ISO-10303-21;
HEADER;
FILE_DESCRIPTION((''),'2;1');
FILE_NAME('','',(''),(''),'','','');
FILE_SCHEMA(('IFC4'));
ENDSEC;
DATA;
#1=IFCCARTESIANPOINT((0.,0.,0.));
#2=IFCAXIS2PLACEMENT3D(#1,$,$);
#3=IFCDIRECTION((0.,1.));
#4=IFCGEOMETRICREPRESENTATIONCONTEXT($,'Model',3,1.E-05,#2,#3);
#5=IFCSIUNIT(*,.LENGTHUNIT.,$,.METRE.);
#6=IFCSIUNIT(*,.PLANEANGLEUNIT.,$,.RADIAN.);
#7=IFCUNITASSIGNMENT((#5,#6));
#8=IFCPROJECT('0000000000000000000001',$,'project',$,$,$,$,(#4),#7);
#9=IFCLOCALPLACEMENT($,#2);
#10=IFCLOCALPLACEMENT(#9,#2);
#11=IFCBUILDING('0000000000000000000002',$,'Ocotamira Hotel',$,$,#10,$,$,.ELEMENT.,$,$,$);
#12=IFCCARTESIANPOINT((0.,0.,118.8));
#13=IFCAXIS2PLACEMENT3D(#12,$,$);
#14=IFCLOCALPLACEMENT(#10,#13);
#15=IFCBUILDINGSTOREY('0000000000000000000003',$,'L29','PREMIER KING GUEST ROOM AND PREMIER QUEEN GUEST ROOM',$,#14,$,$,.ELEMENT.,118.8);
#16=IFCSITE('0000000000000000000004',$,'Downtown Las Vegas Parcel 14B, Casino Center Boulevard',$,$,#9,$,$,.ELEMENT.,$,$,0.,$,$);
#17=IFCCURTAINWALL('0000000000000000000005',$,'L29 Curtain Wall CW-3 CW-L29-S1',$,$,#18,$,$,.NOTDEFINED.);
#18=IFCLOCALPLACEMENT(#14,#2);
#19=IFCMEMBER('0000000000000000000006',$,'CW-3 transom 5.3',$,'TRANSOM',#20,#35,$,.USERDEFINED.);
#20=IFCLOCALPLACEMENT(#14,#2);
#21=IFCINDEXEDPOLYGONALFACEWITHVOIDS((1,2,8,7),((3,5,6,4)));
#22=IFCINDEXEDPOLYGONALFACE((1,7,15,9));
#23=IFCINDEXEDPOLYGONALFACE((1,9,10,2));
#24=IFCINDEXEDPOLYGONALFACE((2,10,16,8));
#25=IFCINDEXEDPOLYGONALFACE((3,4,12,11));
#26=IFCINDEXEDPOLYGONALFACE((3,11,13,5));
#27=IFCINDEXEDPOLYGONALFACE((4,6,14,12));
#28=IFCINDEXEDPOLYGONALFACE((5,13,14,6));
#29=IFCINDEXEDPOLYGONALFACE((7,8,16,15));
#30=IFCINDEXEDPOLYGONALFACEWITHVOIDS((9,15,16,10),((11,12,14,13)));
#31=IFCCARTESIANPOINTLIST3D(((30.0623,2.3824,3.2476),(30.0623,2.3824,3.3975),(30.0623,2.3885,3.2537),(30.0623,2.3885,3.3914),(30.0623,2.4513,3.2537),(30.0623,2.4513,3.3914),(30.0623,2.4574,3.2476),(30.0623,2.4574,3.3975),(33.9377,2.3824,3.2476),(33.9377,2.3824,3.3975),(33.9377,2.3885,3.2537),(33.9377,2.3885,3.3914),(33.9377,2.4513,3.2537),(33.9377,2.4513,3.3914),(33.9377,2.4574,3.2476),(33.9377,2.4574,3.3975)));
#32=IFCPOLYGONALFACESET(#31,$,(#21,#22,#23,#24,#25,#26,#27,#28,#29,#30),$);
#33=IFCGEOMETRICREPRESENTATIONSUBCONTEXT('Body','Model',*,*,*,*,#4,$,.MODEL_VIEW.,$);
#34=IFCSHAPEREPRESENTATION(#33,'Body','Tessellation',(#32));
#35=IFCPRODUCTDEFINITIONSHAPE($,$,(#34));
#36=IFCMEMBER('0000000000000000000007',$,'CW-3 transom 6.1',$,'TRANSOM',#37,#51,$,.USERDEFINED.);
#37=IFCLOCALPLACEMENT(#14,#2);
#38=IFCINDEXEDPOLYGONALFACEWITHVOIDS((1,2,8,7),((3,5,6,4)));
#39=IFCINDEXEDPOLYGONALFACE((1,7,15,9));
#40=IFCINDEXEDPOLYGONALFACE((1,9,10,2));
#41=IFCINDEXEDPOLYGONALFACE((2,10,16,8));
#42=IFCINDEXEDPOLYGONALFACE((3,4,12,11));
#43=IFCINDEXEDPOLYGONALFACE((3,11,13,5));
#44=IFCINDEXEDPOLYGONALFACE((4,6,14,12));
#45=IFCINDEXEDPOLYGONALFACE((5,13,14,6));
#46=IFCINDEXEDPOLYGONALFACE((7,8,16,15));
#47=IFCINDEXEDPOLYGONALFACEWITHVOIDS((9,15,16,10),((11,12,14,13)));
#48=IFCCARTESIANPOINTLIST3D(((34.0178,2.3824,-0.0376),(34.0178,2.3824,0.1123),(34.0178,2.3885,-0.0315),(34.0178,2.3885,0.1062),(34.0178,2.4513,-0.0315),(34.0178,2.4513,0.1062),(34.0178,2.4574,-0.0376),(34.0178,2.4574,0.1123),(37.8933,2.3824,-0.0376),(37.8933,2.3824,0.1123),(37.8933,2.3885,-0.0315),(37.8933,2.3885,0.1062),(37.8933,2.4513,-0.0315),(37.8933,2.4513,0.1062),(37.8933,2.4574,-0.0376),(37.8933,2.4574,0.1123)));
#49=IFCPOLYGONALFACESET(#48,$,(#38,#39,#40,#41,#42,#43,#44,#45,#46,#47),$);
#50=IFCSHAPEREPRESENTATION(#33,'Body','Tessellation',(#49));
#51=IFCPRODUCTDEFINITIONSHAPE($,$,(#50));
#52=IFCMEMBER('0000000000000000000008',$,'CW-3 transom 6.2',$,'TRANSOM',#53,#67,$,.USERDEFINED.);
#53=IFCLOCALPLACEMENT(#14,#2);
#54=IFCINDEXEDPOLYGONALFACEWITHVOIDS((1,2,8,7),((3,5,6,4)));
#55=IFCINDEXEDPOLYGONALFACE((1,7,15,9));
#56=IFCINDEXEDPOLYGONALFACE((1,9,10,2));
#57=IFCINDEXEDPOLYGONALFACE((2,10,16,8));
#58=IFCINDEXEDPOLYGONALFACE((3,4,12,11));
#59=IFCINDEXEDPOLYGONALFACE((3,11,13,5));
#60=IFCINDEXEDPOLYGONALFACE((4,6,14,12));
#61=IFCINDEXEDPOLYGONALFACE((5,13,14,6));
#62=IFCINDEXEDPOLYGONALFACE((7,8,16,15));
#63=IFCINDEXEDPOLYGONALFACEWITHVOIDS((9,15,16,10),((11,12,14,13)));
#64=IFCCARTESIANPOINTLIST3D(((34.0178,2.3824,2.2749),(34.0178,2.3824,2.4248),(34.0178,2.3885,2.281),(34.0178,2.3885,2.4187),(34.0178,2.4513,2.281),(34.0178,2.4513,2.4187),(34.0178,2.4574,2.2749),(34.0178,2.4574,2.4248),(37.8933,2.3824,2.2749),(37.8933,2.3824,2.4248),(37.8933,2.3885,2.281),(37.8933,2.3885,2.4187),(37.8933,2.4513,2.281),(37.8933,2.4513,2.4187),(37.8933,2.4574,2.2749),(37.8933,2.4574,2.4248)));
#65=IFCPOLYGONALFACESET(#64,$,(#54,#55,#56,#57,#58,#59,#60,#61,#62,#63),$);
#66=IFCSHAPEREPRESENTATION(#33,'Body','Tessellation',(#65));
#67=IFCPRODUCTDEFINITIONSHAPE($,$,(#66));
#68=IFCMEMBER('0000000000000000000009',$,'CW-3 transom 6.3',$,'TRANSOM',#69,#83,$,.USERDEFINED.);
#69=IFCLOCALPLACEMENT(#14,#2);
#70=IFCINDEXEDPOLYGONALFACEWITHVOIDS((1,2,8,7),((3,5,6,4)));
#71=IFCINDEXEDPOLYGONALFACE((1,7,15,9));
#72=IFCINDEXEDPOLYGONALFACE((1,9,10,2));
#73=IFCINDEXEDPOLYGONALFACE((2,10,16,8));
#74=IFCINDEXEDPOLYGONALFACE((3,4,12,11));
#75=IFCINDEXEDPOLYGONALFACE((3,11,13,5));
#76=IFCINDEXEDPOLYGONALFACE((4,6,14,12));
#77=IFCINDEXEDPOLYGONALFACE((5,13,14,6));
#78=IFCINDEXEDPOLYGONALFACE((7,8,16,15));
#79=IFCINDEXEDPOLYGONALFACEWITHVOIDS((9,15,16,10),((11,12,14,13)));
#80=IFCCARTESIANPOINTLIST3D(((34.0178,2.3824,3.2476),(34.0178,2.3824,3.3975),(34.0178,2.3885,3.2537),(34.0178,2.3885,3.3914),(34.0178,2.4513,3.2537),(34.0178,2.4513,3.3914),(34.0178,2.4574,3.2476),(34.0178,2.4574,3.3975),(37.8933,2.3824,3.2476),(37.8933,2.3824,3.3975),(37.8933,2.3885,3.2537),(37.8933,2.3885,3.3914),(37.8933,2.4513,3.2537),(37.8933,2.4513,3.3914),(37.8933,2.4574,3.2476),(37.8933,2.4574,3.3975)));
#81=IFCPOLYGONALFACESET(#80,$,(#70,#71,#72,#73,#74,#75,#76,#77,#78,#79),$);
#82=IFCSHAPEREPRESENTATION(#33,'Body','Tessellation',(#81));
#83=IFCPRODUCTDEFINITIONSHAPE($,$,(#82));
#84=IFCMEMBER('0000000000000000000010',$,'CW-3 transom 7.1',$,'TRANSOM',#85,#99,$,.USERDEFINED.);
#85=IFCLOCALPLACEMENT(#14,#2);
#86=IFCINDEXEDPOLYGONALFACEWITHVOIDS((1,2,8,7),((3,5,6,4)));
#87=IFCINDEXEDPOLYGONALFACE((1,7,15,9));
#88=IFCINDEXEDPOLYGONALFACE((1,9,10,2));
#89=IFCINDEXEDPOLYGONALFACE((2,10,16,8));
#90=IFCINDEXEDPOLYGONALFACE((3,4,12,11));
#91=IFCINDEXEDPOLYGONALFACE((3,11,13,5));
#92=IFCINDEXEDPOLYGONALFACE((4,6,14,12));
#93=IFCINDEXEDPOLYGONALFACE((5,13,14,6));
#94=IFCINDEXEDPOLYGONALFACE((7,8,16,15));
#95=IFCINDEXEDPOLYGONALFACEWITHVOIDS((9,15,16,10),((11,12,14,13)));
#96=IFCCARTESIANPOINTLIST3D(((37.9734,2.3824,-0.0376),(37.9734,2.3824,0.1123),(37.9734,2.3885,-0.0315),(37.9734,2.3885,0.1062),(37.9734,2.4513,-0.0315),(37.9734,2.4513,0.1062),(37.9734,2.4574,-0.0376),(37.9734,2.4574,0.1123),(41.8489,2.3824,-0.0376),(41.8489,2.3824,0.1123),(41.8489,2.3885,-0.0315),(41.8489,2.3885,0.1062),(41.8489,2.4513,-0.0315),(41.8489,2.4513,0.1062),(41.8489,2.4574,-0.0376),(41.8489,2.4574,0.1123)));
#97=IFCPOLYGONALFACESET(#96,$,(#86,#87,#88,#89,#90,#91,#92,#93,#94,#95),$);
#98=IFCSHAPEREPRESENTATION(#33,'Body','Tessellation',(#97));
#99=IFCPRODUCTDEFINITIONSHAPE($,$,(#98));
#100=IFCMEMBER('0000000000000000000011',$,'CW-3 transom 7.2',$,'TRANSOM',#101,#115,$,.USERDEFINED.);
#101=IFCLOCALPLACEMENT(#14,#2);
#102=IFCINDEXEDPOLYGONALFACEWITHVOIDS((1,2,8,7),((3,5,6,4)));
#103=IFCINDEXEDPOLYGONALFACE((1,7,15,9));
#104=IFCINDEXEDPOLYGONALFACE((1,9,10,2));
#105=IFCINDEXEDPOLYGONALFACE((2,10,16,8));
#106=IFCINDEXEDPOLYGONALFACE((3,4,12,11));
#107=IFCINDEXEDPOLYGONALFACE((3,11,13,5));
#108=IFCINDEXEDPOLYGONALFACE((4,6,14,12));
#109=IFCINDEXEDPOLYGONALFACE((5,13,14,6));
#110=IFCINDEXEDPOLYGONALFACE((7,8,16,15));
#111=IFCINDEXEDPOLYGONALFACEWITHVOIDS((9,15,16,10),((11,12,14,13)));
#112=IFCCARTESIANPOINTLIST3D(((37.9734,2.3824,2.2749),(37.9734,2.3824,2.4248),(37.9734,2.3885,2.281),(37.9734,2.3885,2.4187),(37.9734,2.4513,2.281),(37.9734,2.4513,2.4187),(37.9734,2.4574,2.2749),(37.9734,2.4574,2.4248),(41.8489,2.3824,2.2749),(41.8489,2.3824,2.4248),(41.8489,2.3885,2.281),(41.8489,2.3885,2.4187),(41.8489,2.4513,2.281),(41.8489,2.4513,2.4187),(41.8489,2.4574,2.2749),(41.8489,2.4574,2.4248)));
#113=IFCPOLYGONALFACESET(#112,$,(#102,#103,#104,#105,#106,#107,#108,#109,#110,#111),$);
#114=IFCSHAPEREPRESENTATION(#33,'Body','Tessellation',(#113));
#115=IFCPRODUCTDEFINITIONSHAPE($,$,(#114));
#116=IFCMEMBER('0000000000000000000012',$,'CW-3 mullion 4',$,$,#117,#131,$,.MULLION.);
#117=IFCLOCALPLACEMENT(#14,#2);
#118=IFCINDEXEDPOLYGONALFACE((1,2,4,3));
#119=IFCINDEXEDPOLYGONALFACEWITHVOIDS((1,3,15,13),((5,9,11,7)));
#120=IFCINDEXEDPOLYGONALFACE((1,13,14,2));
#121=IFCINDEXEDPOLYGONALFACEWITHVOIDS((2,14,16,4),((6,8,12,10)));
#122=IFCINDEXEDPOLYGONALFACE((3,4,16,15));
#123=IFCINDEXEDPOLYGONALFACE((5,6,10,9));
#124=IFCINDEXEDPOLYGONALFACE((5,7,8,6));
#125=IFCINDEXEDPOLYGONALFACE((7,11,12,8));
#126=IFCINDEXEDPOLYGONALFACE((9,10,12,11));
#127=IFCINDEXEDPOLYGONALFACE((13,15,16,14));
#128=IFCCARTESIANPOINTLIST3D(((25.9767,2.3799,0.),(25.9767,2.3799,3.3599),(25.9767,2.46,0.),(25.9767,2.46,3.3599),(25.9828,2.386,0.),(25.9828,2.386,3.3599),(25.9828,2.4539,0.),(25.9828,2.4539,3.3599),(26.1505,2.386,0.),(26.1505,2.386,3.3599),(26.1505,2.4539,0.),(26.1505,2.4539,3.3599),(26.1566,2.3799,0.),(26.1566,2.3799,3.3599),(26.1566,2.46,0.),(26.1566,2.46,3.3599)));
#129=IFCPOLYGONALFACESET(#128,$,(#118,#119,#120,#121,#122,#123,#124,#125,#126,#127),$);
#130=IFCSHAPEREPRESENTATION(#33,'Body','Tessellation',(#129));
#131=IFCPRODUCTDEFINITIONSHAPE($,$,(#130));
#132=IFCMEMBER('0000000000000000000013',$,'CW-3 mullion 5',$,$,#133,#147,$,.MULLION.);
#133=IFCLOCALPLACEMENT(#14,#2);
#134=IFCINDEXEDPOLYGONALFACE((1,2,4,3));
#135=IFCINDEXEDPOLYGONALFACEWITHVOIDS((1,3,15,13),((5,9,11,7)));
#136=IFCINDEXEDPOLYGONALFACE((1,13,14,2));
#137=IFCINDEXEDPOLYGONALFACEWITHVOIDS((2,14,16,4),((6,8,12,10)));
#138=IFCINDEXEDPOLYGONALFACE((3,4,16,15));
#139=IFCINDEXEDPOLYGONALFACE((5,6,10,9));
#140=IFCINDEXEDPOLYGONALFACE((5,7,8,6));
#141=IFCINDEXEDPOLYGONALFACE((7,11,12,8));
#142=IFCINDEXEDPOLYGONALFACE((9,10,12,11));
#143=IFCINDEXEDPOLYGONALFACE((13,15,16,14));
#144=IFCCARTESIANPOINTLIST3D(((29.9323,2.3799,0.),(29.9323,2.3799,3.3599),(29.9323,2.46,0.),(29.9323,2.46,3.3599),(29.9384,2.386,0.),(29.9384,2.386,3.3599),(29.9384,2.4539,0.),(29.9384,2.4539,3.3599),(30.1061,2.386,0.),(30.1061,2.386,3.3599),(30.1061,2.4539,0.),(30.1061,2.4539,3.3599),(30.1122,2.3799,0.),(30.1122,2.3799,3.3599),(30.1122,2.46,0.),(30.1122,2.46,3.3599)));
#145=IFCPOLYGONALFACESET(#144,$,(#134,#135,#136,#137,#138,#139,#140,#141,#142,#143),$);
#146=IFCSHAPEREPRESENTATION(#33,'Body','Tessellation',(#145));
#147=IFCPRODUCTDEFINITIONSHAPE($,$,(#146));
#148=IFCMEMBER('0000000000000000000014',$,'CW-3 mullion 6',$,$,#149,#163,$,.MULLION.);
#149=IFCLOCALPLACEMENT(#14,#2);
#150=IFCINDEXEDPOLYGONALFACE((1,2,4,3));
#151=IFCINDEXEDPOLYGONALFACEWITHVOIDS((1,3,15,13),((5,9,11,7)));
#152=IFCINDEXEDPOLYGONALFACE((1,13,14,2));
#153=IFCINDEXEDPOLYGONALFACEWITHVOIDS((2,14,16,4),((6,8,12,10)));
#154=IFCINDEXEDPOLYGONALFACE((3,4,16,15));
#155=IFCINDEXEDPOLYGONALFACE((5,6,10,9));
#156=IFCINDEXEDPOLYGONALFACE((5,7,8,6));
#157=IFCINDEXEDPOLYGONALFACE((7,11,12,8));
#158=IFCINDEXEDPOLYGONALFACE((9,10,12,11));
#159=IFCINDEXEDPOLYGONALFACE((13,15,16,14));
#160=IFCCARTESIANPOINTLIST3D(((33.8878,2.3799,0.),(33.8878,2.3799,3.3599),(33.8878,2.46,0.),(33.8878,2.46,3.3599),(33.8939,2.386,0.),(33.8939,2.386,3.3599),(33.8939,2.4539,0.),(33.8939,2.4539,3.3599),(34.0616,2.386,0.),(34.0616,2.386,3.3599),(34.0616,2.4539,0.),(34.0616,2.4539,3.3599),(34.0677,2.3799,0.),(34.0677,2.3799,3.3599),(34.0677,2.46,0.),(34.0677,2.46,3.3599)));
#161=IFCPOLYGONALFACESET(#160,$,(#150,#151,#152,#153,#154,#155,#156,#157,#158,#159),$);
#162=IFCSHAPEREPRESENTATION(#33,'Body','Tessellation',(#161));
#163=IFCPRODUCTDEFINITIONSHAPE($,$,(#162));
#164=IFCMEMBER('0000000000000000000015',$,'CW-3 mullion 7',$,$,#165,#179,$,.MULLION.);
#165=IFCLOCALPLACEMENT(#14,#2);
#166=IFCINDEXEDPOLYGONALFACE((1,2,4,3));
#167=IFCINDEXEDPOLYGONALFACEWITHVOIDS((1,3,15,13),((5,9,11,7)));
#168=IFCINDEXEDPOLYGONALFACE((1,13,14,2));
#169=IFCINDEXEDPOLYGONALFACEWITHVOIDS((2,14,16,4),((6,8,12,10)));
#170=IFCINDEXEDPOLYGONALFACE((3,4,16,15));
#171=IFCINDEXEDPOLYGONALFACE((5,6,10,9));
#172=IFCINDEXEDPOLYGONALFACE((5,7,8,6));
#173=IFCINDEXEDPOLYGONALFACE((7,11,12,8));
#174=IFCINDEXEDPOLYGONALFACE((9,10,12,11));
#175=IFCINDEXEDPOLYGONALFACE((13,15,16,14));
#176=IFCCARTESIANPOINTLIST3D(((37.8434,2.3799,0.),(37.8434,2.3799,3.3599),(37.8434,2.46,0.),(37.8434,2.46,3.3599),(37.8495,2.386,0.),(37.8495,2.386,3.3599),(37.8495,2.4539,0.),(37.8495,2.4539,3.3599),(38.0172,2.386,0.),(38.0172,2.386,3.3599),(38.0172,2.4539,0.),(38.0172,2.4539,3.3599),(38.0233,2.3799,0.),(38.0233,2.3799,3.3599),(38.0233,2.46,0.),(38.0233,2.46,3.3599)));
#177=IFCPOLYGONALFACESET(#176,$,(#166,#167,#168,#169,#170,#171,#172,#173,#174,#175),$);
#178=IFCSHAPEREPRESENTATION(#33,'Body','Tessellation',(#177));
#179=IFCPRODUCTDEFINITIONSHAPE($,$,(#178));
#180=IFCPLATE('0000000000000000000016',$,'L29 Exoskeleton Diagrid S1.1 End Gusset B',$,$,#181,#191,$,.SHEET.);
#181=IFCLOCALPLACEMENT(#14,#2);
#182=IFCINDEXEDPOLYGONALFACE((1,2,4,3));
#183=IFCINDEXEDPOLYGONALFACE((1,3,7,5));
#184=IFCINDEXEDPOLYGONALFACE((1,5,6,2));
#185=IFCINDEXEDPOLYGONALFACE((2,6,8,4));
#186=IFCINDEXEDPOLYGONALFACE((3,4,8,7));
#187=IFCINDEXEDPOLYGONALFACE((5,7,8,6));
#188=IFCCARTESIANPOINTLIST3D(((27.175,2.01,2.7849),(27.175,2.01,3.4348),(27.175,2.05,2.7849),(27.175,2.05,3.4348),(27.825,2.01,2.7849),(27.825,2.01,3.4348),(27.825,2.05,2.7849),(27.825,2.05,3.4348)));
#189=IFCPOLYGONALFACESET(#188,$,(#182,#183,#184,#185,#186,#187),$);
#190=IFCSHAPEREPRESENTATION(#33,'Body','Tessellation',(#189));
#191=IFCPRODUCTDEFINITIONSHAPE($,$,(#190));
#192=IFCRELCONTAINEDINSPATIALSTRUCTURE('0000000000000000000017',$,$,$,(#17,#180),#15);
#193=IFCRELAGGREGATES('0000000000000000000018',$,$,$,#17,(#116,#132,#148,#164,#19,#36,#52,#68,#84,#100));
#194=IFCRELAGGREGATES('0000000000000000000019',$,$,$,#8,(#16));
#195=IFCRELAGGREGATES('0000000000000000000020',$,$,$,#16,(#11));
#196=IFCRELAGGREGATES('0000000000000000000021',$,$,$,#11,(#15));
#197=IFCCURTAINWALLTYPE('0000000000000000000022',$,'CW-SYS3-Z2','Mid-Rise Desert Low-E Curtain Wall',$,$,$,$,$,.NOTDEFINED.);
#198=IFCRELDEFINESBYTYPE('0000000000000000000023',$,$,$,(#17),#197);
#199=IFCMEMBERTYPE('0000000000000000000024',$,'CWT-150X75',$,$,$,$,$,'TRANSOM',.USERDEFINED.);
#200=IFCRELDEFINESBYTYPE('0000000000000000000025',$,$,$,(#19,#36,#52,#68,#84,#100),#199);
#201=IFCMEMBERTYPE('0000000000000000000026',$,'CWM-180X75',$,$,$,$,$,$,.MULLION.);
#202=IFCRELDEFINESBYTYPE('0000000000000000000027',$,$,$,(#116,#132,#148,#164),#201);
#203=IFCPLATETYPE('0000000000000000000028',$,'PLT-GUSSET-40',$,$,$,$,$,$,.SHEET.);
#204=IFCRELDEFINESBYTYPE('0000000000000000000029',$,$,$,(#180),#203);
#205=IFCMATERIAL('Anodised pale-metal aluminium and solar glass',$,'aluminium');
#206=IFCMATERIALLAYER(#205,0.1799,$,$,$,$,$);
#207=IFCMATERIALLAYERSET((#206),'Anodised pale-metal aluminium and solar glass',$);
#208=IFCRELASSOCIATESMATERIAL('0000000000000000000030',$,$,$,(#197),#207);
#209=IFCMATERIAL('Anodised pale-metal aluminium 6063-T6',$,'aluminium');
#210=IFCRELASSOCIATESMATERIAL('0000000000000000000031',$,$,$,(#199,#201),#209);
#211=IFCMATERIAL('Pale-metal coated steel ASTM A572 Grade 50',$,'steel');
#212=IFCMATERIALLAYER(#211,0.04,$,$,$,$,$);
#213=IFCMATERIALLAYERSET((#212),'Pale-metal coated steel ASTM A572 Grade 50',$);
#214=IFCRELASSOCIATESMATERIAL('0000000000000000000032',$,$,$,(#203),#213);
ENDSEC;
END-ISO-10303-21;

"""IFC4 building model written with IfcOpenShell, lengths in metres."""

from ifc_helpers import new_model, si_unit, direction, frame, origin, origin_2d, place, context, subcontext, project, spatial, rectangle, hollow_rectangle, extrude, source, transform, mapped, material, layer, layer_set, material_profile, profile_set, type_object, element, aggregate, save


model = new_model("IFC4")

# Units and contexts
model_context = context("Model", 3, precision=1e-05, world=origin(), true_north=direction((0.0, 1.0)))
body_context = subcontext(model_context, "Body", "Model", "MODEL_VIEW")
ifc_project = project(units=[si_unit("LENGTHUNIT", "METRE"), si_unit("PLANEANGLEUNIT", "RADIAN")], contexts=[model_context])

# Site, building, storey
site_placement = place(None, origin())
site = spatial("IfcSite", under=ifc_project, at=site_placement, Name="Downtown Las Vegas Parcel 14B, Casino Center Boulevard", CompositionType="ELEMENT", RefElevation=0.0)
building_placement = place(site_placement, origin())
building = spatial("IfcBuilding", under=site, at=building_placement, Name="Ocotamira Hotel", CompositionType="ELEMENT")
storey_placement = place(building_placement, frame((0.0, 0.0, 118.8)))
storey = spatial("IfcBuildingStorey", under=building, at=storey_placement, Name="L29", Description="PREMIER KING GUEST ROOM AND PREMIER QUEEN GUEST ROOM", CompositionType="ELEMENT", Elevation=118.8)

# Curtain wall, members
ifc_material_1 = material(Name="Anodised pale-metal aluminium and solar glass", Category="aluminium")
ifc_layer_1 = layer(ifc_material_1, 0.1799)
ifc_layer_set_1 = layer_set([ifc_layer_1], Name="Anodised pale-metal aluminium and solar glass")
curtain_wall_type = type_object("IfcCurtainWallType", Name="CW-SYS3-Z2", Description="Mid-Rise Desert Low-E Curtain Wall", PredefinedType="NOTDEFINED", material=ifc_layer_set_1)
curtain_wall_placement = place(storey_placement, origin())
curtain_wall = element("IfcCurtainWall", 1, at=curtain_wall_placement, inside=storey, type_object=curtain_wall_type, Name="L29 Curtain Wall CW-3 CW-L29-S1", PredefinedType="NOTDEFINED")
ifc_material_2 = material(Name="Anodised pale-metal aluminium 6063-T6", Category="aluminium")
ifc_material_profile_1 = material_profile(ifc_material_2, hollow_rectangle(XDim=0.075, YDim=0.1499, WallThickness=0.0061, at=origin_2d()), Name="HSS150X75X6")
ifc_profile_set_1 = profile_set([ifc_material_profile_1], Name="Anodised pale-metal aluminium 6063-T6")
member_type_1 = type_object("IfcMemberType", Name="CWT-150X75", ElementType="TRANSOM", PredefinedType="USERDEFINED", material=ifc_profile_set_1)
shared_shape_1 = source(origin(), body_context, "Body", "SweptSolid", [
    extrude(hollow_rectangle(XDim=0.075, YDim=0.1499, WallThickness=0.0061, at=origin_2d()), origin(), (0.0, 0.0, 1.0), 3.8755),
])
member_1_placement = place(storey_placement, frame((30.0623, 2.4199, 3.3225), z_axis=(1.0, 0.0, 0.0), x_axis=(0.0, 1.0, 0.0)))
member_1 = element("IfcMember", 2, at=member_1_placement, type_object=member_type_1, Name="CW-3 transom 5.3", ObjectType="TRANSOM", PredefinedType="USERDEFINED", context=body_context, shape_type="MappedRepresentation", body=[
    mapped(shared_shape_1, transform((0.0, 0.0, 0.0), scale=1.0)),
])
member_2_placement = place(storey_placement, frame((34.0178, 2.4199, 0.0374), z_axis=(1.0, 0.0, 0.0), x_axis=(0.0, 1.0, 0.0)))
member_2 = element("IfcMember", 3, at=member_2_placement, type_object=member_type_1, Name="CW-3 transom 6.1", ObjectType="TRANSOM", PredefinedType="USERDEFINED", context=body_context, shape_type="MappedRepresentation", body=[
    mapped(shared_shape_1, transform((0.0, 0.0, 0.0), scale=1.0)),
])
member_3_placement = place(storey_placement, frame((34.0178, 2.4199, 2.3499), z_axis=(1.0, 0.0, 0.0), x_axis=(0.0, 1.0, 0.0)))
member_3 = element("IfcMember", 4, at=member_3_placement, type_object=member_type_1, Name="CW-3 transom 6.2", ObjectType="TRANSOM", PredefinedType="USERDEFINED", context=body_context, shape_type="MappedRepresentation", body=[
    mapped(shared_shape_1, transform((0.0, 0.0, 0.0), scale=1.0)),
])
member_4_placement = place(storey_placement, frame((34.0178, 2.4199, 3.3225), z_axis=(1.0, 0.0, 0.0), x_axis=(0.0, 1.0, 0.0)))
member_4 = element("IfcMember", 5, at=member_4_placement, type_object=member_type_1, Name="CW-3 transom 6.3", ObjectType="TRANSOM", PredefinedType="USERDEFINED", context=body_context, shape_type="MappedRepresentation", body=[
    mapped(shared_shape_1, transform((0.0, 0.0, 0.0), scale=1.0)),
])
member_5_placement = place(storey_placement, frame((37.9734, 2.4199, 0.0374), z_axis=(1.0, 0.0, 0.0), x_axis=(0.0, 1.0, 0.0)))
member_5 = element("IfcMember", 6, at=member_5_placement, type_object=member_type_1, Name="CW-3 transom 7.1", ObjectType="TRANSOM", PredefinedType="USERDEFINED", context=body_context, shape_type="MappedRepresentation", body=[
    mapped(shared_shape_1, transform((0.0, 0.0, 0.0), scale=1.0)),
])
member_6_placement = place(storey_placement, frame((37.9734, 2.4199, 2.3499), z_axis=(1.0, 0.0, 0.0), x_axis=(0.0, 1.0, 0.0)))
member_6 = element("IfcMember", 7, at=member_6_placement, type_object=member_type_1, Name="CW-3 transom 7.2", ObjectType="TRANSOM", PredefinedType="USERDEFINED", context=body_context, shape_type="MappedRepresentation", body=[
    mapped(shared_shape_1, transform((0.0, 0.0, 0.0), scale=1.0)),
])
ifc_material_profile_2 = material_profile(ifc_material_2, hollow_rectangle(XDim=0.0801, YDim=0.1799, WallThickness=0.0061, at=origin_2d()), Name="HSS180X80X6")
ifc_profile_set_2 = profile_set([ifc_material_profile_2], Name="Anodised pale-metal aluminium 6063-T6")
member_type_2 = type_object("IfcMemberType", Name="CWM-180X75", PredefinedType="MULLION", material=ifc_profile_set_2)
shared_shape_2 = source(origin(), body_context, "Body", "SweptSolid", [
    extrude(hollow_rectangle(XDim=0.0801, YDim=0.1799, WallThickness=0.0061, at=origin_2d()), origin(), (0.0, 0.0, 1.0), 3.3599),
])
member_7_placement = place(storey_placement, frame((26.0667, 2.4199, 0.0), z_axis=(0.0, 0.0, 1.0), x_axis=(0.0, 1.0, 0.0)))
member_7 = element("IfcMember", 8, at=member_7_placement, type_object=member_type_2, Name="CW-3 mullion 4", PredefinedType="MULLION", context=body_context, shape_type="MappedRepresentation", body=[
    mapped(shared_shape_2, transform((0.0, 0.0, 0.0), scale=1.0)),
])
member_8_placement = place(storey_placement, frame((30.0222, 2.4199, 0.0), z_axis=(0.0, 0.0, 1.0), x_axis=(0.0, 1.0, 0.0)))
member_8 = element("IfcMember", 9, at=member_8_placement, type_object=member_type_2, Name="CW-3 mullion 5", PredefinedType="MULLION", context=body_context, shape_type="MappedRepresentation", body=[
    mapped(shared_shape_2, transform((0.0, 0.0, 0.0), scale=1.0)),
])
member_9_placement = place(storey_placement, frame((33.9778, 2.4199, 0.0), z_axis=(0.0, 0.0, 1.0), x_axis=(0.0, 1.0, 0.0)))
member_9 = element("IfcMember", 10, at=member_9_placement, type_object=member_type_2, Name="CW-3 mullion 6", PredefinedType="MULLION", context=body_context, shape_type="MappedRepresentation", body=[
    mapped(shared_shape_2, transform((0.0, 0.0, 0.0), scale=1.0)),
])
member_10_placement = place(storey_placement, frame((37.9333, 2.4199, 0.0), z_axis=(0.0, 0.0, 1.0), x_axis=(0.0, 1.0, 0.0)))
member_10 = element("IfcMember", 11, at=member_10_placement, type_object=member_type_2, Name="CW-3 mullion 7", PredefinedType="MULLION", context=body_context, shape_type="MappedRepresentation", body=[
    mapped(shared_shape_2, transform((0.0, 0.0, 0.0), scale=1.0)),
])

# Plate
ifc_material_3 = material(Name="Pale-metal coated steel ASTM A572 Grade 50", Category="steel")
ifc_layer_2 = layer(ifc_material_3, 0.04)
ifc_layer_set_2 = layer_set([ifc_layer_2], Name="Pale-metal coated steel ASTM A572 Grade 50")
plate_type_1 = type_object("IfcPlateType", Name="PLT-GUSSET-40", PredefinedType="SHEET", material=ifc_layer_set_2)
shared_shape_3 = source(origin(), body_context, "Body", "SweptSolid", [
    extrude(rectangle(XDim=0.6499, YDim=0.04, at=origin_2d()), origin(), (0.0, 0.0, 1.0), 0.6499),
])
for number, where, z_axis, x_axis, name in (
    (12, (27.5, 2.03, 2.7849), (0.0, 0.0, 1.0), (1.0, 0.0, 0.0), "L29 Exoskeleton Diagrid S1.1 End Gusset B"),
):
    element("IfcPlate", number, at=place(storey_placement, frame(where, z_axis=z_axis, x_axis=x_axis)), inside=storey, type_object=plate_type_1, Name=name, PredefinedType="SHEET", context=body_context, shape_type="MappedRepresentation", body=[
        mapped(shared_shape_3, transform((0.0, 0.0, 0.0), scale=1.0)),
    ])

aggregate(curtain_wall, [member_7, member_8, member_9, member_10, member_1, member_2, member_3, member_4, member_5, member_6])

save(model, "model.ifc")
